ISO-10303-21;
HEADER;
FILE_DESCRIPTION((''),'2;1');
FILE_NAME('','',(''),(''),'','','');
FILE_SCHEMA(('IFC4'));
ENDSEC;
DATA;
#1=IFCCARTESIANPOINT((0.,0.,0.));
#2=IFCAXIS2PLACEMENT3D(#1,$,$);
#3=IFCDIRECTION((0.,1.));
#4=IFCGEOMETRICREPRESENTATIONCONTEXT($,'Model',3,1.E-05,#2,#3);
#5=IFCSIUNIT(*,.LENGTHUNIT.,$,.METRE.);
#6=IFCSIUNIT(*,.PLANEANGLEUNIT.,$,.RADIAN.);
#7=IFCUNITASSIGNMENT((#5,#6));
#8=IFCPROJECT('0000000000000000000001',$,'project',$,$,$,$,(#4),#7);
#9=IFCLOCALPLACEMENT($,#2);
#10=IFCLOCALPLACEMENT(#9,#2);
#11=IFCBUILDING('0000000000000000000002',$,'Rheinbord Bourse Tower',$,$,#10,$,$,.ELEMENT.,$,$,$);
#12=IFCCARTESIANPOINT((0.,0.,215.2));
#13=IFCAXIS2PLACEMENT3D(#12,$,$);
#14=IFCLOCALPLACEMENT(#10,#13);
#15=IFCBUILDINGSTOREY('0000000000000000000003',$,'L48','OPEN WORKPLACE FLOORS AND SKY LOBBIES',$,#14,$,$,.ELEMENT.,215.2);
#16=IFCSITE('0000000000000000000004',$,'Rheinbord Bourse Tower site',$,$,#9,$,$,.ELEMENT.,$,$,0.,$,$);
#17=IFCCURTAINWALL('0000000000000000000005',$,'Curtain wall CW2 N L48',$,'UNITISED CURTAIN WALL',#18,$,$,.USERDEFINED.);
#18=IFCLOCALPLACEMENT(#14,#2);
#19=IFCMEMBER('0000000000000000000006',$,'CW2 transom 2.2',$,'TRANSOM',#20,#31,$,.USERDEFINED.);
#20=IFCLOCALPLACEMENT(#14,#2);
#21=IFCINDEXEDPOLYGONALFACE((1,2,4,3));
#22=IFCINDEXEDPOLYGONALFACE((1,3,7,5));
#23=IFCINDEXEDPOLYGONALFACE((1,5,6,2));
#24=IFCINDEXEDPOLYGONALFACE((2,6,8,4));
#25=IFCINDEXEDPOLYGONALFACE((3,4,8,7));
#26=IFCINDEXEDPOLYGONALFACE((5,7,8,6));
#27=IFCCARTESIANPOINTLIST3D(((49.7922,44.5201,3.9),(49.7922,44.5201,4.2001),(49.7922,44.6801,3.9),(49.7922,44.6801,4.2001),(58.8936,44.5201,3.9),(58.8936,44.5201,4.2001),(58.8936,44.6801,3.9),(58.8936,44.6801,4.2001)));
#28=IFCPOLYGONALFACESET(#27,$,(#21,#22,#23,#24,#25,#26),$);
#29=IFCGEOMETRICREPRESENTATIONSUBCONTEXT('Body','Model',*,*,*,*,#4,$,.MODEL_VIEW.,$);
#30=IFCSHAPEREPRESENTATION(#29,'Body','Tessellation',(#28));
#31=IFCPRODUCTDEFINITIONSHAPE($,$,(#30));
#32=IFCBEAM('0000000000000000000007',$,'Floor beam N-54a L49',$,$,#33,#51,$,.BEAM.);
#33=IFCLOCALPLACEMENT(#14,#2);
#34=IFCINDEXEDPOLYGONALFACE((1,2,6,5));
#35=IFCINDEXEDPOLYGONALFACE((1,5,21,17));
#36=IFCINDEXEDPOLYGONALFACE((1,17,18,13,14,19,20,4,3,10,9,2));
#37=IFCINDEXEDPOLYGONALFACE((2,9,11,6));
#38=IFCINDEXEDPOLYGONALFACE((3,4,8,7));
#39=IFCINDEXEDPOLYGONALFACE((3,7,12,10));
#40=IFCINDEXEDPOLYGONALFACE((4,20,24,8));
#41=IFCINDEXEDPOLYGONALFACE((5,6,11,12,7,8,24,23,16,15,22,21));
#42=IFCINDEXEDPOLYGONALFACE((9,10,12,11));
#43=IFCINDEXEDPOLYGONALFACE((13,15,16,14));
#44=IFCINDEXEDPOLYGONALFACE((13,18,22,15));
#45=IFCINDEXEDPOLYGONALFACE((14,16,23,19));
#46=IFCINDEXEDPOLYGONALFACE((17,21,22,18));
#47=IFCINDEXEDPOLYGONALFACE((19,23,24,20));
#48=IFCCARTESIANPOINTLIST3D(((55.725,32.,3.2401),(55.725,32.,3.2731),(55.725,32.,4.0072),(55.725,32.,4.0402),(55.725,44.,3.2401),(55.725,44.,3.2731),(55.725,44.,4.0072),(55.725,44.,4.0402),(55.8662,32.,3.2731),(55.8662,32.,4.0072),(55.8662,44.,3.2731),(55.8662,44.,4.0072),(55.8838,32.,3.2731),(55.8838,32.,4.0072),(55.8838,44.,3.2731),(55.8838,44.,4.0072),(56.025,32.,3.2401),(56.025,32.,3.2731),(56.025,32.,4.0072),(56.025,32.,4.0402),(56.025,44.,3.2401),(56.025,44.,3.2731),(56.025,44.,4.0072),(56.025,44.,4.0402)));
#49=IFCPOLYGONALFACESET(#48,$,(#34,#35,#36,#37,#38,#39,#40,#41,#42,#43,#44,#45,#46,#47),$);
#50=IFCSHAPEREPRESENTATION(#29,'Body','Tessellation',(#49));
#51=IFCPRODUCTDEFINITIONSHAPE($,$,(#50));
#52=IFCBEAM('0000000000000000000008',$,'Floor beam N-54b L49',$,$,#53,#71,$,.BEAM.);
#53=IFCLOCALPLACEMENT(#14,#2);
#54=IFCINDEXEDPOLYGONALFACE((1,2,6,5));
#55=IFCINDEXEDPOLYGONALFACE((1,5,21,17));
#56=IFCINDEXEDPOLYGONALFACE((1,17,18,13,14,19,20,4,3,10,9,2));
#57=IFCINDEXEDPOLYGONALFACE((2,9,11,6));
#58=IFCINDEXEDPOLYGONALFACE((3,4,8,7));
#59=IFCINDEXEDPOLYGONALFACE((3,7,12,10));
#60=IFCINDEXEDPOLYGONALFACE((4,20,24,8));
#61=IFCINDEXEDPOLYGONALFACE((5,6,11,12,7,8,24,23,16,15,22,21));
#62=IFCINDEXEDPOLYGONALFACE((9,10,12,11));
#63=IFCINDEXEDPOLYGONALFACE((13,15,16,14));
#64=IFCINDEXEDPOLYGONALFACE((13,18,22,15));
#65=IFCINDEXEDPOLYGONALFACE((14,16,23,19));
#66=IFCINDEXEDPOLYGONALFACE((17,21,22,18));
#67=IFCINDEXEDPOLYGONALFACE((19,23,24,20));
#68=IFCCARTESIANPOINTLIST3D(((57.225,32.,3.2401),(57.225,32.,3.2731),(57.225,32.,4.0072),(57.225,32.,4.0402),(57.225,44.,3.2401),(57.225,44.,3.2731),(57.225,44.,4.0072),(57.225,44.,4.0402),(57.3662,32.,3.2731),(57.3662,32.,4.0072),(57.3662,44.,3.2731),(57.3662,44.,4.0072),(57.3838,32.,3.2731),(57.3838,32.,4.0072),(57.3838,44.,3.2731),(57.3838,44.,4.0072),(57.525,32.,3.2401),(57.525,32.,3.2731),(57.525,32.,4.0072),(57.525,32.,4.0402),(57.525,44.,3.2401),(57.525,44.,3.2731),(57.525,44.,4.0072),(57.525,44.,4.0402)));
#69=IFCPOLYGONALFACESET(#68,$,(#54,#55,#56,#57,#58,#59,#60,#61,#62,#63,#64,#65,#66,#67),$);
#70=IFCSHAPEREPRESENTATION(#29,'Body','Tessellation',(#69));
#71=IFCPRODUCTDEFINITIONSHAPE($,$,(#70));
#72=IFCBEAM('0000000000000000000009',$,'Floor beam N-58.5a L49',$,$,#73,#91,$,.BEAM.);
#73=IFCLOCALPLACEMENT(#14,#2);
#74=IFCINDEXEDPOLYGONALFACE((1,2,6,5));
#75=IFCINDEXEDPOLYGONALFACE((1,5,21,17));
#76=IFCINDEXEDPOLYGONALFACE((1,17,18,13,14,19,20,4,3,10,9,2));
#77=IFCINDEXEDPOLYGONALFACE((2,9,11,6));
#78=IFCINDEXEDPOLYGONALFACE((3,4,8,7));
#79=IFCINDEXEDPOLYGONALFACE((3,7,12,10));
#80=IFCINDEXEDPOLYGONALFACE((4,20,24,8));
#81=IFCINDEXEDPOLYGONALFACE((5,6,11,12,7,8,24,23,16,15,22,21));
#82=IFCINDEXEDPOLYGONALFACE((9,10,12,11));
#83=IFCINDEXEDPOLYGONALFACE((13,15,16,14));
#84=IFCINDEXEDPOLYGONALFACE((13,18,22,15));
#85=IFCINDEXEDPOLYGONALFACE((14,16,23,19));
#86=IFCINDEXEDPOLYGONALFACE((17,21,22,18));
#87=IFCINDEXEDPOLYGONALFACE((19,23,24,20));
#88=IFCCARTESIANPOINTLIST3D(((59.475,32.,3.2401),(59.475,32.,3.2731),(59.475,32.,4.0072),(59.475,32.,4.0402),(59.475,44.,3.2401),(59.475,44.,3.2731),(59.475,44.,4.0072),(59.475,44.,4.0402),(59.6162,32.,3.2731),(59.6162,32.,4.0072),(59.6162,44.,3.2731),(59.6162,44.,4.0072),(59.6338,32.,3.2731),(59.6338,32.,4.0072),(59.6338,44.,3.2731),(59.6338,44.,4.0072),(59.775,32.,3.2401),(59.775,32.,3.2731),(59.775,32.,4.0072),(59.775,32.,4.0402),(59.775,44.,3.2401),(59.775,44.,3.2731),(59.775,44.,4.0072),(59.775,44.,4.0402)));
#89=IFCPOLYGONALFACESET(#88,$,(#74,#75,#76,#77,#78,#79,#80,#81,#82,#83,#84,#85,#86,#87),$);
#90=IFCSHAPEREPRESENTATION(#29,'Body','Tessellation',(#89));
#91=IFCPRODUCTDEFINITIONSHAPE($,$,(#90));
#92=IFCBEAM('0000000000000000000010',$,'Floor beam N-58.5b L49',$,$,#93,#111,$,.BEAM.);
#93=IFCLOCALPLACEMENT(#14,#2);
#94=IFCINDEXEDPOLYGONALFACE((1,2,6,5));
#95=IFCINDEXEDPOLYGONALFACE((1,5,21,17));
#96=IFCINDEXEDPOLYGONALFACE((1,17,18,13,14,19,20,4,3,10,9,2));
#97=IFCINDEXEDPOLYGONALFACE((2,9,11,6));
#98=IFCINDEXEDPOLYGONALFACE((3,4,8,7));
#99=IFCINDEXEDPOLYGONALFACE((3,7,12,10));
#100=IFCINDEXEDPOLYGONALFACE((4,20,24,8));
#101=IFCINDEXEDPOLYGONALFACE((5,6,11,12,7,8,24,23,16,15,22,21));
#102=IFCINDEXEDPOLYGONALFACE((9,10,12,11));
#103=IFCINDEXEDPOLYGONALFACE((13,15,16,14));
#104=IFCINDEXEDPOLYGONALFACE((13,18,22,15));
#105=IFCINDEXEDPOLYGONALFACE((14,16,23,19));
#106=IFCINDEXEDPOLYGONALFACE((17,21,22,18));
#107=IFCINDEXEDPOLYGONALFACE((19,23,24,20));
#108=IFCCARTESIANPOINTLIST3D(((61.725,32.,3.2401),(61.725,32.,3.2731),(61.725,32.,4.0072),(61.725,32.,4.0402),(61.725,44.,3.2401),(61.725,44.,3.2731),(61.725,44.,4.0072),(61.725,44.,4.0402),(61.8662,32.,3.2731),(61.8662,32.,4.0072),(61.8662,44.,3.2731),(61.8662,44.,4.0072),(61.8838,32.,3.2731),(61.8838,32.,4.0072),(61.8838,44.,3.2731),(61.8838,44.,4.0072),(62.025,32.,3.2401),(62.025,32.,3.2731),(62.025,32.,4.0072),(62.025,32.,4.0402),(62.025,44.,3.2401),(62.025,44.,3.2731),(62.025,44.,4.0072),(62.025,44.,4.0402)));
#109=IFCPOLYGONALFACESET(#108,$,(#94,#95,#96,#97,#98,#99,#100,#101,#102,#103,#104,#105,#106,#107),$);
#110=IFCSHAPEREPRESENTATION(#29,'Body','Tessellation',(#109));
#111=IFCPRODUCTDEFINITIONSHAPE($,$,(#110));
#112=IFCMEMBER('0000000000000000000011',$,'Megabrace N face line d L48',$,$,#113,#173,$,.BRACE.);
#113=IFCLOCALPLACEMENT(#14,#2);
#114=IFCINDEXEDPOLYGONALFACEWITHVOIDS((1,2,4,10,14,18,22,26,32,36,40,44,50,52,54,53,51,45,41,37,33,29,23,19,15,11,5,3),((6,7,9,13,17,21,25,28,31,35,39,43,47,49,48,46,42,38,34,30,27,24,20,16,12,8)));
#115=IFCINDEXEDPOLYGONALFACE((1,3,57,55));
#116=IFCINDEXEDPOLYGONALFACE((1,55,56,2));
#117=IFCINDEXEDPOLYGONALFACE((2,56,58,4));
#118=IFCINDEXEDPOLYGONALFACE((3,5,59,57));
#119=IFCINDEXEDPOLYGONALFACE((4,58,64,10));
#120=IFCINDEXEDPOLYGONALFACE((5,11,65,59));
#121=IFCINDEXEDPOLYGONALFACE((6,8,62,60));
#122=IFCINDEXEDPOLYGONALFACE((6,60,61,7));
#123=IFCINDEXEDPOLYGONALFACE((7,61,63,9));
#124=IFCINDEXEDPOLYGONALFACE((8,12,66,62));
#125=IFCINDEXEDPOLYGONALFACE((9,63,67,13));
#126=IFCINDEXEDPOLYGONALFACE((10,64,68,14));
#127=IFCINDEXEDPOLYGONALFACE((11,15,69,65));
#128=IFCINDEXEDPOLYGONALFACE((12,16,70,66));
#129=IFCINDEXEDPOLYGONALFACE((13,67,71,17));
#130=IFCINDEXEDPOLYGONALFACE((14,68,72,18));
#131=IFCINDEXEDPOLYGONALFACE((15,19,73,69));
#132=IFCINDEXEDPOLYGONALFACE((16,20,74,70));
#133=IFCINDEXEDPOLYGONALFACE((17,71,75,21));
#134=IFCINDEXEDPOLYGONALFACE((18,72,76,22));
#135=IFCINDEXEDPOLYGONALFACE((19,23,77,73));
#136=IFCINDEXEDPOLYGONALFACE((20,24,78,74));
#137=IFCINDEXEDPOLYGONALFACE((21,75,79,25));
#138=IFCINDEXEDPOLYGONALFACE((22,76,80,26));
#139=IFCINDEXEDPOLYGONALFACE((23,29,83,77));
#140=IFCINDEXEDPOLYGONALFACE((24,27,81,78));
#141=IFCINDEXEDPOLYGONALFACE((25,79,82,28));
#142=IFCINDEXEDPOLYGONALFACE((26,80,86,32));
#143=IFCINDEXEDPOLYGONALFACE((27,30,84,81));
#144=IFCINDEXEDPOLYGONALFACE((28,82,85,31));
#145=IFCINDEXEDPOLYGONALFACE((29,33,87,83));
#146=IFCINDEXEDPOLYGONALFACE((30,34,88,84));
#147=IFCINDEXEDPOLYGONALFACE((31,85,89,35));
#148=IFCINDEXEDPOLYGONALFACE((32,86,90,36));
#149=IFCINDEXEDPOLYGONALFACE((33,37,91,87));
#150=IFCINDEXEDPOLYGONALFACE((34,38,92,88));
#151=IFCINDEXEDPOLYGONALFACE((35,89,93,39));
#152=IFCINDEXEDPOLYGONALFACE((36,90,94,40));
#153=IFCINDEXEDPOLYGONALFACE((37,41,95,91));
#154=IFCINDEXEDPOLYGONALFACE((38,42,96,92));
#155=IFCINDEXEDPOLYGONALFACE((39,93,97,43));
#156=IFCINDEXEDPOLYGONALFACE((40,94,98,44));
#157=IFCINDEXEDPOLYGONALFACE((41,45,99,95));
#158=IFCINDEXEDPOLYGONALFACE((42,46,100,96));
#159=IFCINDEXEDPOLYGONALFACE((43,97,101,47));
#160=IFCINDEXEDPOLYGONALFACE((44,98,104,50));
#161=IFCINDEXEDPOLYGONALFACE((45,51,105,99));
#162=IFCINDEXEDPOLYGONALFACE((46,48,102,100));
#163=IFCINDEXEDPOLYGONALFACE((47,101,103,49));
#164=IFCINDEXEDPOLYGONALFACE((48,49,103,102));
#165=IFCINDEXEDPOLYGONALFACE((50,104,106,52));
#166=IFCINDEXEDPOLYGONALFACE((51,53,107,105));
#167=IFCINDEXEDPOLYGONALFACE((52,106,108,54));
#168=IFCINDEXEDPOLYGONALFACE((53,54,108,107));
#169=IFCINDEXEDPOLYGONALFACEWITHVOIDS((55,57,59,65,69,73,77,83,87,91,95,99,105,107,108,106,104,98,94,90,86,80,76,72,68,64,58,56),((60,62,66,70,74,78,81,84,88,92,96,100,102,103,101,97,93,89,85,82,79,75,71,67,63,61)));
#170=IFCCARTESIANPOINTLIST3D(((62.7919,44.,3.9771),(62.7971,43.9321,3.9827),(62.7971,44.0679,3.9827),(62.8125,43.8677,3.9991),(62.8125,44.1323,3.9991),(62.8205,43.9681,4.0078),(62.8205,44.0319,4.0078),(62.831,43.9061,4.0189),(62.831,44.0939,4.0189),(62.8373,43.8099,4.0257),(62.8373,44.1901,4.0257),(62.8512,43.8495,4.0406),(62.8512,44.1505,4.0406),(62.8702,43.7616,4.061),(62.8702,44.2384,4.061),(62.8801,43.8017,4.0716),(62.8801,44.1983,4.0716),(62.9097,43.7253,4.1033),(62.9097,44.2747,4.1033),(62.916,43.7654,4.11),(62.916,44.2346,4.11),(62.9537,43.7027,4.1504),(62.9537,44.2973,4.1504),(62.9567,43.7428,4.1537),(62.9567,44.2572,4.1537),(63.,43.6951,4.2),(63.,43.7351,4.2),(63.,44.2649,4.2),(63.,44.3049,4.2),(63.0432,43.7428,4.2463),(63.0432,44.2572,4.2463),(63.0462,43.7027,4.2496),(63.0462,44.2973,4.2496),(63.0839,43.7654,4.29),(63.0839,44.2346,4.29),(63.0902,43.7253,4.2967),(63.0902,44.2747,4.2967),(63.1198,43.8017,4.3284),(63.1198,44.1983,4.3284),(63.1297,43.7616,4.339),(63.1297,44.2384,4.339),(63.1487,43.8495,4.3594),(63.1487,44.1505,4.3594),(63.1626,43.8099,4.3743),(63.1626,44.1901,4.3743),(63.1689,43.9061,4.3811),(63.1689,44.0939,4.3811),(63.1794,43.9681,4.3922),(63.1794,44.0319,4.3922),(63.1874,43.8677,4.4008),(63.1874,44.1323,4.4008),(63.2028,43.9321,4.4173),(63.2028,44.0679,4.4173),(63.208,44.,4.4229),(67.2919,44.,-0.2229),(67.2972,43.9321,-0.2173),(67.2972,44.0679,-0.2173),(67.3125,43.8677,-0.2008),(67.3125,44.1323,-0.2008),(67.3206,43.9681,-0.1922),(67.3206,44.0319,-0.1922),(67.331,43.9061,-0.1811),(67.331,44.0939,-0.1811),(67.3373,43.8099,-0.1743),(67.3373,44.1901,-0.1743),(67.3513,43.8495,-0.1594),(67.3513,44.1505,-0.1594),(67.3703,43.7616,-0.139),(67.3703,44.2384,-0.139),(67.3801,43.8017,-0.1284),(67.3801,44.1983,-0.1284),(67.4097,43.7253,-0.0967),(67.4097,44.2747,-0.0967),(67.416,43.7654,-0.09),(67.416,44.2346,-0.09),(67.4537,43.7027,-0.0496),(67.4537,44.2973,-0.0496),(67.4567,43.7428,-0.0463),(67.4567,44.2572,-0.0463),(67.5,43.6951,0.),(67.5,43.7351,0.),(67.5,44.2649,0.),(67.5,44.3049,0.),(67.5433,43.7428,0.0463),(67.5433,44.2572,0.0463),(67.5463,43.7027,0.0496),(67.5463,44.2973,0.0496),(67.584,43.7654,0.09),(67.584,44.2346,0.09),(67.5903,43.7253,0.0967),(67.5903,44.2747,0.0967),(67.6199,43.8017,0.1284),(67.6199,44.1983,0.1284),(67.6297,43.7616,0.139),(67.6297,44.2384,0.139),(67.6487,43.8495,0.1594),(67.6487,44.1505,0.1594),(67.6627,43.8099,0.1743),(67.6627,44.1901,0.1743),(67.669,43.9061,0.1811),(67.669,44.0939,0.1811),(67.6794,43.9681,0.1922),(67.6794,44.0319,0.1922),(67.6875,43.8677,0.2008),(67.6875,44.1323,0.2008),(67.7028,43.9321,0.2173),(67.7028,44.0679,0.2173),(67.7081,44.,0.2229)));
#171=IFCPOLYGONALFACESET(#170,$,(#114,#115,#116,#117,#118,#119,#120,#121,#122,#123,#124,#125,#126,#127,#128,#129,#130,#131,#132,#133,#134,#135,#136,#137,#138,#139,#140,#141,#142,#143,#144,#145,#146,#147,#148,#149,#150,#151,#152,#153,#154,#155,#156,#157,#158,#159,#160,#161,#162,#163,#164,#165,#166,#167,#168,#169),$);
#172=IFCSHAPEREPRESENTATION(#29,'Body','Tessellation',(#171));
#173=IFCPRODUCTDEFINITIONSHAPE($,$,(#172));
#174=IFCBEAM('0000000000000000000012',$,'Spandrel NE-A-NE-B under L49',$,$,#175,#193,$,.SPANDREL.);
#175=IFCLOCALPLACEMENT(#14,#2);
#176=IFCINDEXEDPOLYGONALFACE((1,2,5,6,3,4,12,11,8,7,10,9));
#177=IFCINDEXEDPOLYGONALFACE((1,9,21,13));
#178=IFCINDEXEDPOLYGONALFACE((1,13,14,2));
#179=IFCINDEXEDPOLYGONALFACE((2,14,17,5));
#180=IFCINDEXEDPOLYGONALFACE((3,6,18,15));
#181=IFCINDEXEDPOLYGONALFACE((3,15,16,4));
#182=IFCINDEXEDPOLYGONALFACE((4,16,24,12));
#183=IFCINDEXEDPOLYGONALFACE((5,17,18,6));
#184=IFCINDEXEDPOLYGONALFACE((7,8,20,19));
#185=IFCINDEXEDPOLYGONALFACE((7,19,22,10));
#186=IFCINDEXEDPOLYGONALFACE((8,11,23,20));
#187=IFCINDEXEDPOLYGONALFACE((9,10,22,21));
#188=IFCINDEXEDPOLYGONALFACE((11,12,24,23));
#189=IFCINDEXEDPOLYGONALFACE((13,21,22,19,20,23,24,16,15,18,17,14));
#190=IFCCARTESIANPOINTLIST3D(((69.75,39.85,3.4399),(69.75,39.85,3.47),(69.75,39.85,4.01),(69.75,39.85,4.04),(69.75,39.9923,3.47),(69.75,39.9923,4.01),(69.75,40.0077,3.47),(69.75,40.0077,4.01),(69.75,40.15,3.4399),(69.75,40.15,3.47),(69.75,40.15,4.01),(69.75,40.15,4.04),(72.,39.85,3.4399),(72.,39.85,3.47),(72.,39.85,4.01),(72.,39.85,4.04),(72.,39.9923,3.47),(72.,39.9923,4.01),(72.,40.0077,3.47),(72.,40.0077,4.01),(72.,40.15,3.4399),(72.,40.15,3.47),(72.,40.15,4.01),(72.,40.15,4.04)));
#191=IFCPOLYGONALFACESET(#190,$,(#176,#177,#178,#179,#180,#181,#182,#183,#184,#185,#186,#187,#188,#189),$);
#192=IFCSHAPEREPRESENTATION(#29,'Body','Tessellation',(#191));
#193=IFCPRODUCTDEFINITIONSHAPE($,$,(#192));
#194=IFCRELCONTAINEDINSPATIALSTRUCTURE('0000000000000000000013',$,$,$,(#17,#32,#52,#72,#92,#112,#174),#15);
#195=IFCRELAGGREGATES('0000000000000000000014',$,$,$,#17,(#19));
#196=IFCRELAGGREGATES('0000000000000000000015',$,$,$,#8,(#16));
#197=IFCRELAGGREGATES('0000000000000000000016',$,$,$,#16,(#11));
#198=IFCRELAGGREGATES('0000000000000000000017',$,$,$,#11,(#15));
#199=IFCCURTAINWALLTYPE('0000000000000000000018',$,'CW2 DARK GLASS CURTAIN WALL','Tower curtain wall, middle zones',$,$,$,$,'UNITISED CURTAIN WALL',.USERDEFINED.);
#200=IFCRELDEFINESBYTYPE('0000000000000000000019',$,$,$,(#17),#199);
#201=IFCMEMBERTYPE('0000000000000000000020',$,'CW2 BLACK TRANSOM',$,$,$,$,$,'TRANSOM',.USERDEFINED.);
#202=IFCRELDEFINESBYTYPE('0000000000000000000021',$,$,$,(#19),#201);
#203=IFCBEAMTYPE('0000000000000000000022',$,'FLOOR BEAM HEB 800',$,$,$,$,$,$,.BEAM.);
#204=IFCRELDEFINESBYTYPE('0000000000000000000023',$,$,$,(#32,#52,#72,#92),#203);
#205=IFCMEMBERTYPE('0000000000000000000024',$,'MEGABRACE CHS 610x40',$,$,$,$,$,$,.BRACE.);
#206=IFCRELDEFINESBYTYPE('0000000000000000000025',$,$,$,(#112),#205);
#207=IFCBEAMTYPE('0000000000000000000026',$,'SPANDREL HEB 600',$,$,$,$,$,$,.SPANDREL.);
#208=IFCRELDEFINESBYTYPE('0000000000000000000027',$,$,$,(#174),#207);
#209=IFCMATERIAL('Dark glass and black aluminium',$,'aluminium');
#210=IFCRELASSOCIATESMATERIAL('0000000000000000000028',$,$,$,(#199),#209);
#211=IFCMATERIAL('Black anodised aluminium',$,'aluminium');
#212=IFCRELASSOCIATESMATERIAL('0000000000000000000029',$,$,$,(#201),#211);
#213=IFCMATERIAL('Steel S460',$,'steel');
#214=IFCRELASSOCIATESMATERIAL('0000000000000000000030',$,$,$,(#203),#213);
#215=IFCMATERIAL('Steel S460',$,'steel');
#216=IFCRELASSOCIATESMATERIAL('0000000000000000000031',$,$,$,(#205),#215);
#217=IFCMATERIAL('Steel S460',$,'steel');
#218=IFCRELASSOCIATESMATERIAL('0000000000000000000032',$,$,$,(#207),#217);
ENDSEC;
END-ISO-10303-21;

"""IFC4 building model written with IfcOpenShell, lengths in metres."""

from ifc_helpers import new_model, si_unit, direction, frame, origin, origin_2d, place, context, subcontext, project, spatial, rectangle, hollow_circle, i_section, extrude, material, material_profile, profile_set, type_object, element, aggregate, save


model = new_model("IFC4")

# Units and contexts
model_context = context("Model", 3, precision=1e-05, world=origin(), true_north=direction((0.0, 1.0)))
body_context = subcontext(model_context, "Body", "Model", "MODEL_VIEW")
ifc_project = project(units=[si_unit("LENGTHUNIT", "METRE"), si_unit("PLANEANGLEUNIT", "RADIAN")], contexts=[model_context])

# Site, building, storey
site_placement = place(None, origin())
site = spatial("IfcSite", under=ifc_project, at=site_placement, Name="Rheinbord Bourse Tower site", CompositionType="ELEMENT", RefElevation=0.0)
building_placement = place(site_placement, origin())
building = spatial("IfcBuilding", under=site, at=building_placement, Name="Rheinbord Bourse Tower", CompositionType="ELEMENT")
storey_placement = place(building_placement, frame((0.0, 0.0, 215.2)))
storey = spatial("IfcBuildingStorey", under=building, at=storey_placement, Name="L48", Description="OPEN WORKPLACE FLOORS AND SKY LOBBIES", CompositionType="ELEMENT", Elevation=215.2)

# Curtain wall
ifc_material_1 = material(Name="Dark glass and black aluminium", Category="aluminium")
curtain_wall_type = type_object("IfcCurtainWallType", Name="CW2 DARK GLASS CURTAIN WALL", Description="Tower curtain wall, middle zones", ElementType="UNITISED CURTAIN WALL", PredefinedType="USERDEFINED", material=ifc_material_1)
curtain_wall_1_placement = place(storey_placement, origin())
curtain_wall_1 = element("IfcCurtainWall", 1, at=curtain_wall_1_placement, inside=storey, type_object=curtain_wall_type, Name="Curtain wall CW2 N L48", ObjectType="UNITISED CURTAIN WALL", PredefinedType="USERDEFINED")

# Member
ifc_material_2 = material(Name="Black anodised aluminium", Category="aluminium")
ifc_material_profile_1 = material_profile(ifc_material_2, rectangle(XDim=0.1599, YDim=0.3, at=origin_2d()), Name="CW2 TRANSOM 300x160")
ifc_profile_set_1 = profile_set([ifc_material_profile_1], Name="Black anodised aluminium")
member_type_1 = type_object("IfcMemberType", Name="CW2 BLACK TRANSOM", ElementType="TRANSOM", PredefinedType="USERDEFINED", material=ifc_profile_set_1)
member_1_placement = place(storey_placement, frame((58.8936, 44.6001, 4.05), z_axis=(-1.0, 0.0, 0.0), x_axis=(0.0, -1.0, 0.0)))
member_1 = element("IfcMember", 2, at=member_1_placement, type_object=member_type_1, Name="CW2 transom 2.2", ObjectType="TRANSOM", PredefinedType="USERDEFINED", context=body_context, shape_type="SweptSolid", body=[
    extrude(rectangle(XDim=0.1599, YDim=0.3, at=origin_2d()), origin(), (0.0, 0.0, 1.0), 9.1013),
])

# Beams
ifc_material_3 = material(Name="Steel S460", Category="steel")
ifc_material_profile_2 = material_profile(ifc_material_3, i_section(OverallWidth=0.3, OverallDepth=0.8, WebThickness=0.0176, FlangeThickness=0.033, at=origin_2d()), Name="HEB 800")
ifc_profile_set_2 = profile_set([ifc_material_profile_2], Name="Steel S460")
beam_type_1 = type_object("IfcBeamType", Name="FLOOR BEAM HEB 800", PredefinedType="BEAM", material=ifc_profile_set_2)
for number, where, z_axis, x_axis, name in (
    (3, (55.875, 44.0, 3.6401), (0.0, -1.0, 0.0), (1.0, 0.0, 0.0), "Floor beam N-54a L49"),
    (4, (57.375, 44.0, 3.6401), (0.0, -1.0, 0.0), (1.0, 0.0, 0.0), "Floor beam N-54b L49"),
    (5, (59.625, 44.0, 3.6401), (0.0, -1.0, 0.0), (1.0, 0.0, 0.0), "Floor beam N-58.5a L49"),
    (6, (61.875, 44.0, 3.6401), (0.0, -1.0, 0.0), (1.0, 0.0, 0.0), "Floor beam N-58.5b L49"),
):
    element("IfcBeam", number, at=place(storey_placement, frame(where, z_axis=z_axis, x_axis=x_axis)), inside=storey, type_object=beam_type_1, Name=name, PredefinedType="BEAM", context=body_context, shape_type="SweptSolid", body=[
        extrude(i_section(OverallWidth=0.3, OverallDepth=0.8, WebThickness=0.0176, FlangeThickness=0.033, at=origin_2d()), origin(), (0.0, 0.0, 1.0), 12.0),
    ])

# Member
ifc_material_4 = material(Name="Steel S460", Category="steel")
ifc_material_profile_3 = material_profile(ifc_material_4, hollow_circle(Radius=0.3049, WallThickness=0.04, at=origin_2d()), Name="CHS 610x40")
ifc_profile_set_3 = profile_set([ifc_material_profile_3], Name="Steel S460")
member_type_2 = type_object("IfcMemberType", Name="MEGABRACE CHS 610x40", PredefinedType="BRACE", material=ifc_profile_set_3)
member_2_placement = place(storey_placement, frame((67.5, 44.0, 0.0), z_axis=(-0.731059, 0.0, 0.682314), x_axis=(0.0, -1.0, 0.0)))
element("IfcMember", 7, at=member_2_placement, inside=storey, type_object=member_type_2, Name="Megabrace N face line d L48", PredefinedType="BRACE", context=body_context, shape_type="SweptSolid", body=[
    extrude(hollow_circle(Radius=0.3049, WallThickness=0.04, at=origin_2d()), origin(), (0.0, 0.0, 1.0), 6.1555),
])

# Beam
ifc_material_5 = material(Name="Steel S460", Category="steel")
ifc_material_profile_4 = material_profile(ifc_material_5, i_section(OverallWidth=0.3, OverallDepth=0.6001, WebThickness=0.0154, FlangeThickness=0.03, at=origin_2d()), Name="HEB 600")
ifc_profile_set_4 = profile_set([ifc_material_profile_4], Name="Steel S460")
beam_type_2 = type_object("IfcBeamType", Name="SPANDREL HEB 600", PredefinedType="SPANDREL", material=ifc_profile_set_4)
for number, where, z_axis, x_axis, name in (
    (8, (72.0, 40.0, 3.74), (-1.0, 0.0, 0.0), (0.0, -1.0, 0.0), "Spandrel NE-A-NE-B under L49"),
):
    element("IfcBeam", number, at=place(storey_placement, frame(where, z_axis=z_axis, x_axis=x_axis)), inside=storey, type_object=beam_type_2, Name=name, PredefinedType="SPANDREL", context=body_context, shape_type="SweptSolid", body=[
        extrude(i_section(OverallWidth=0.3, OverallDepth=0.6001, WebThickness=0.0154, FlangeThickness=0.03, at=origin_2d()), origin(), (0.0, 0.0, 1.0), 2.25),
    ])

aggregate(curtain_wall_1, [member_1])

save(model, "model.ifc")
